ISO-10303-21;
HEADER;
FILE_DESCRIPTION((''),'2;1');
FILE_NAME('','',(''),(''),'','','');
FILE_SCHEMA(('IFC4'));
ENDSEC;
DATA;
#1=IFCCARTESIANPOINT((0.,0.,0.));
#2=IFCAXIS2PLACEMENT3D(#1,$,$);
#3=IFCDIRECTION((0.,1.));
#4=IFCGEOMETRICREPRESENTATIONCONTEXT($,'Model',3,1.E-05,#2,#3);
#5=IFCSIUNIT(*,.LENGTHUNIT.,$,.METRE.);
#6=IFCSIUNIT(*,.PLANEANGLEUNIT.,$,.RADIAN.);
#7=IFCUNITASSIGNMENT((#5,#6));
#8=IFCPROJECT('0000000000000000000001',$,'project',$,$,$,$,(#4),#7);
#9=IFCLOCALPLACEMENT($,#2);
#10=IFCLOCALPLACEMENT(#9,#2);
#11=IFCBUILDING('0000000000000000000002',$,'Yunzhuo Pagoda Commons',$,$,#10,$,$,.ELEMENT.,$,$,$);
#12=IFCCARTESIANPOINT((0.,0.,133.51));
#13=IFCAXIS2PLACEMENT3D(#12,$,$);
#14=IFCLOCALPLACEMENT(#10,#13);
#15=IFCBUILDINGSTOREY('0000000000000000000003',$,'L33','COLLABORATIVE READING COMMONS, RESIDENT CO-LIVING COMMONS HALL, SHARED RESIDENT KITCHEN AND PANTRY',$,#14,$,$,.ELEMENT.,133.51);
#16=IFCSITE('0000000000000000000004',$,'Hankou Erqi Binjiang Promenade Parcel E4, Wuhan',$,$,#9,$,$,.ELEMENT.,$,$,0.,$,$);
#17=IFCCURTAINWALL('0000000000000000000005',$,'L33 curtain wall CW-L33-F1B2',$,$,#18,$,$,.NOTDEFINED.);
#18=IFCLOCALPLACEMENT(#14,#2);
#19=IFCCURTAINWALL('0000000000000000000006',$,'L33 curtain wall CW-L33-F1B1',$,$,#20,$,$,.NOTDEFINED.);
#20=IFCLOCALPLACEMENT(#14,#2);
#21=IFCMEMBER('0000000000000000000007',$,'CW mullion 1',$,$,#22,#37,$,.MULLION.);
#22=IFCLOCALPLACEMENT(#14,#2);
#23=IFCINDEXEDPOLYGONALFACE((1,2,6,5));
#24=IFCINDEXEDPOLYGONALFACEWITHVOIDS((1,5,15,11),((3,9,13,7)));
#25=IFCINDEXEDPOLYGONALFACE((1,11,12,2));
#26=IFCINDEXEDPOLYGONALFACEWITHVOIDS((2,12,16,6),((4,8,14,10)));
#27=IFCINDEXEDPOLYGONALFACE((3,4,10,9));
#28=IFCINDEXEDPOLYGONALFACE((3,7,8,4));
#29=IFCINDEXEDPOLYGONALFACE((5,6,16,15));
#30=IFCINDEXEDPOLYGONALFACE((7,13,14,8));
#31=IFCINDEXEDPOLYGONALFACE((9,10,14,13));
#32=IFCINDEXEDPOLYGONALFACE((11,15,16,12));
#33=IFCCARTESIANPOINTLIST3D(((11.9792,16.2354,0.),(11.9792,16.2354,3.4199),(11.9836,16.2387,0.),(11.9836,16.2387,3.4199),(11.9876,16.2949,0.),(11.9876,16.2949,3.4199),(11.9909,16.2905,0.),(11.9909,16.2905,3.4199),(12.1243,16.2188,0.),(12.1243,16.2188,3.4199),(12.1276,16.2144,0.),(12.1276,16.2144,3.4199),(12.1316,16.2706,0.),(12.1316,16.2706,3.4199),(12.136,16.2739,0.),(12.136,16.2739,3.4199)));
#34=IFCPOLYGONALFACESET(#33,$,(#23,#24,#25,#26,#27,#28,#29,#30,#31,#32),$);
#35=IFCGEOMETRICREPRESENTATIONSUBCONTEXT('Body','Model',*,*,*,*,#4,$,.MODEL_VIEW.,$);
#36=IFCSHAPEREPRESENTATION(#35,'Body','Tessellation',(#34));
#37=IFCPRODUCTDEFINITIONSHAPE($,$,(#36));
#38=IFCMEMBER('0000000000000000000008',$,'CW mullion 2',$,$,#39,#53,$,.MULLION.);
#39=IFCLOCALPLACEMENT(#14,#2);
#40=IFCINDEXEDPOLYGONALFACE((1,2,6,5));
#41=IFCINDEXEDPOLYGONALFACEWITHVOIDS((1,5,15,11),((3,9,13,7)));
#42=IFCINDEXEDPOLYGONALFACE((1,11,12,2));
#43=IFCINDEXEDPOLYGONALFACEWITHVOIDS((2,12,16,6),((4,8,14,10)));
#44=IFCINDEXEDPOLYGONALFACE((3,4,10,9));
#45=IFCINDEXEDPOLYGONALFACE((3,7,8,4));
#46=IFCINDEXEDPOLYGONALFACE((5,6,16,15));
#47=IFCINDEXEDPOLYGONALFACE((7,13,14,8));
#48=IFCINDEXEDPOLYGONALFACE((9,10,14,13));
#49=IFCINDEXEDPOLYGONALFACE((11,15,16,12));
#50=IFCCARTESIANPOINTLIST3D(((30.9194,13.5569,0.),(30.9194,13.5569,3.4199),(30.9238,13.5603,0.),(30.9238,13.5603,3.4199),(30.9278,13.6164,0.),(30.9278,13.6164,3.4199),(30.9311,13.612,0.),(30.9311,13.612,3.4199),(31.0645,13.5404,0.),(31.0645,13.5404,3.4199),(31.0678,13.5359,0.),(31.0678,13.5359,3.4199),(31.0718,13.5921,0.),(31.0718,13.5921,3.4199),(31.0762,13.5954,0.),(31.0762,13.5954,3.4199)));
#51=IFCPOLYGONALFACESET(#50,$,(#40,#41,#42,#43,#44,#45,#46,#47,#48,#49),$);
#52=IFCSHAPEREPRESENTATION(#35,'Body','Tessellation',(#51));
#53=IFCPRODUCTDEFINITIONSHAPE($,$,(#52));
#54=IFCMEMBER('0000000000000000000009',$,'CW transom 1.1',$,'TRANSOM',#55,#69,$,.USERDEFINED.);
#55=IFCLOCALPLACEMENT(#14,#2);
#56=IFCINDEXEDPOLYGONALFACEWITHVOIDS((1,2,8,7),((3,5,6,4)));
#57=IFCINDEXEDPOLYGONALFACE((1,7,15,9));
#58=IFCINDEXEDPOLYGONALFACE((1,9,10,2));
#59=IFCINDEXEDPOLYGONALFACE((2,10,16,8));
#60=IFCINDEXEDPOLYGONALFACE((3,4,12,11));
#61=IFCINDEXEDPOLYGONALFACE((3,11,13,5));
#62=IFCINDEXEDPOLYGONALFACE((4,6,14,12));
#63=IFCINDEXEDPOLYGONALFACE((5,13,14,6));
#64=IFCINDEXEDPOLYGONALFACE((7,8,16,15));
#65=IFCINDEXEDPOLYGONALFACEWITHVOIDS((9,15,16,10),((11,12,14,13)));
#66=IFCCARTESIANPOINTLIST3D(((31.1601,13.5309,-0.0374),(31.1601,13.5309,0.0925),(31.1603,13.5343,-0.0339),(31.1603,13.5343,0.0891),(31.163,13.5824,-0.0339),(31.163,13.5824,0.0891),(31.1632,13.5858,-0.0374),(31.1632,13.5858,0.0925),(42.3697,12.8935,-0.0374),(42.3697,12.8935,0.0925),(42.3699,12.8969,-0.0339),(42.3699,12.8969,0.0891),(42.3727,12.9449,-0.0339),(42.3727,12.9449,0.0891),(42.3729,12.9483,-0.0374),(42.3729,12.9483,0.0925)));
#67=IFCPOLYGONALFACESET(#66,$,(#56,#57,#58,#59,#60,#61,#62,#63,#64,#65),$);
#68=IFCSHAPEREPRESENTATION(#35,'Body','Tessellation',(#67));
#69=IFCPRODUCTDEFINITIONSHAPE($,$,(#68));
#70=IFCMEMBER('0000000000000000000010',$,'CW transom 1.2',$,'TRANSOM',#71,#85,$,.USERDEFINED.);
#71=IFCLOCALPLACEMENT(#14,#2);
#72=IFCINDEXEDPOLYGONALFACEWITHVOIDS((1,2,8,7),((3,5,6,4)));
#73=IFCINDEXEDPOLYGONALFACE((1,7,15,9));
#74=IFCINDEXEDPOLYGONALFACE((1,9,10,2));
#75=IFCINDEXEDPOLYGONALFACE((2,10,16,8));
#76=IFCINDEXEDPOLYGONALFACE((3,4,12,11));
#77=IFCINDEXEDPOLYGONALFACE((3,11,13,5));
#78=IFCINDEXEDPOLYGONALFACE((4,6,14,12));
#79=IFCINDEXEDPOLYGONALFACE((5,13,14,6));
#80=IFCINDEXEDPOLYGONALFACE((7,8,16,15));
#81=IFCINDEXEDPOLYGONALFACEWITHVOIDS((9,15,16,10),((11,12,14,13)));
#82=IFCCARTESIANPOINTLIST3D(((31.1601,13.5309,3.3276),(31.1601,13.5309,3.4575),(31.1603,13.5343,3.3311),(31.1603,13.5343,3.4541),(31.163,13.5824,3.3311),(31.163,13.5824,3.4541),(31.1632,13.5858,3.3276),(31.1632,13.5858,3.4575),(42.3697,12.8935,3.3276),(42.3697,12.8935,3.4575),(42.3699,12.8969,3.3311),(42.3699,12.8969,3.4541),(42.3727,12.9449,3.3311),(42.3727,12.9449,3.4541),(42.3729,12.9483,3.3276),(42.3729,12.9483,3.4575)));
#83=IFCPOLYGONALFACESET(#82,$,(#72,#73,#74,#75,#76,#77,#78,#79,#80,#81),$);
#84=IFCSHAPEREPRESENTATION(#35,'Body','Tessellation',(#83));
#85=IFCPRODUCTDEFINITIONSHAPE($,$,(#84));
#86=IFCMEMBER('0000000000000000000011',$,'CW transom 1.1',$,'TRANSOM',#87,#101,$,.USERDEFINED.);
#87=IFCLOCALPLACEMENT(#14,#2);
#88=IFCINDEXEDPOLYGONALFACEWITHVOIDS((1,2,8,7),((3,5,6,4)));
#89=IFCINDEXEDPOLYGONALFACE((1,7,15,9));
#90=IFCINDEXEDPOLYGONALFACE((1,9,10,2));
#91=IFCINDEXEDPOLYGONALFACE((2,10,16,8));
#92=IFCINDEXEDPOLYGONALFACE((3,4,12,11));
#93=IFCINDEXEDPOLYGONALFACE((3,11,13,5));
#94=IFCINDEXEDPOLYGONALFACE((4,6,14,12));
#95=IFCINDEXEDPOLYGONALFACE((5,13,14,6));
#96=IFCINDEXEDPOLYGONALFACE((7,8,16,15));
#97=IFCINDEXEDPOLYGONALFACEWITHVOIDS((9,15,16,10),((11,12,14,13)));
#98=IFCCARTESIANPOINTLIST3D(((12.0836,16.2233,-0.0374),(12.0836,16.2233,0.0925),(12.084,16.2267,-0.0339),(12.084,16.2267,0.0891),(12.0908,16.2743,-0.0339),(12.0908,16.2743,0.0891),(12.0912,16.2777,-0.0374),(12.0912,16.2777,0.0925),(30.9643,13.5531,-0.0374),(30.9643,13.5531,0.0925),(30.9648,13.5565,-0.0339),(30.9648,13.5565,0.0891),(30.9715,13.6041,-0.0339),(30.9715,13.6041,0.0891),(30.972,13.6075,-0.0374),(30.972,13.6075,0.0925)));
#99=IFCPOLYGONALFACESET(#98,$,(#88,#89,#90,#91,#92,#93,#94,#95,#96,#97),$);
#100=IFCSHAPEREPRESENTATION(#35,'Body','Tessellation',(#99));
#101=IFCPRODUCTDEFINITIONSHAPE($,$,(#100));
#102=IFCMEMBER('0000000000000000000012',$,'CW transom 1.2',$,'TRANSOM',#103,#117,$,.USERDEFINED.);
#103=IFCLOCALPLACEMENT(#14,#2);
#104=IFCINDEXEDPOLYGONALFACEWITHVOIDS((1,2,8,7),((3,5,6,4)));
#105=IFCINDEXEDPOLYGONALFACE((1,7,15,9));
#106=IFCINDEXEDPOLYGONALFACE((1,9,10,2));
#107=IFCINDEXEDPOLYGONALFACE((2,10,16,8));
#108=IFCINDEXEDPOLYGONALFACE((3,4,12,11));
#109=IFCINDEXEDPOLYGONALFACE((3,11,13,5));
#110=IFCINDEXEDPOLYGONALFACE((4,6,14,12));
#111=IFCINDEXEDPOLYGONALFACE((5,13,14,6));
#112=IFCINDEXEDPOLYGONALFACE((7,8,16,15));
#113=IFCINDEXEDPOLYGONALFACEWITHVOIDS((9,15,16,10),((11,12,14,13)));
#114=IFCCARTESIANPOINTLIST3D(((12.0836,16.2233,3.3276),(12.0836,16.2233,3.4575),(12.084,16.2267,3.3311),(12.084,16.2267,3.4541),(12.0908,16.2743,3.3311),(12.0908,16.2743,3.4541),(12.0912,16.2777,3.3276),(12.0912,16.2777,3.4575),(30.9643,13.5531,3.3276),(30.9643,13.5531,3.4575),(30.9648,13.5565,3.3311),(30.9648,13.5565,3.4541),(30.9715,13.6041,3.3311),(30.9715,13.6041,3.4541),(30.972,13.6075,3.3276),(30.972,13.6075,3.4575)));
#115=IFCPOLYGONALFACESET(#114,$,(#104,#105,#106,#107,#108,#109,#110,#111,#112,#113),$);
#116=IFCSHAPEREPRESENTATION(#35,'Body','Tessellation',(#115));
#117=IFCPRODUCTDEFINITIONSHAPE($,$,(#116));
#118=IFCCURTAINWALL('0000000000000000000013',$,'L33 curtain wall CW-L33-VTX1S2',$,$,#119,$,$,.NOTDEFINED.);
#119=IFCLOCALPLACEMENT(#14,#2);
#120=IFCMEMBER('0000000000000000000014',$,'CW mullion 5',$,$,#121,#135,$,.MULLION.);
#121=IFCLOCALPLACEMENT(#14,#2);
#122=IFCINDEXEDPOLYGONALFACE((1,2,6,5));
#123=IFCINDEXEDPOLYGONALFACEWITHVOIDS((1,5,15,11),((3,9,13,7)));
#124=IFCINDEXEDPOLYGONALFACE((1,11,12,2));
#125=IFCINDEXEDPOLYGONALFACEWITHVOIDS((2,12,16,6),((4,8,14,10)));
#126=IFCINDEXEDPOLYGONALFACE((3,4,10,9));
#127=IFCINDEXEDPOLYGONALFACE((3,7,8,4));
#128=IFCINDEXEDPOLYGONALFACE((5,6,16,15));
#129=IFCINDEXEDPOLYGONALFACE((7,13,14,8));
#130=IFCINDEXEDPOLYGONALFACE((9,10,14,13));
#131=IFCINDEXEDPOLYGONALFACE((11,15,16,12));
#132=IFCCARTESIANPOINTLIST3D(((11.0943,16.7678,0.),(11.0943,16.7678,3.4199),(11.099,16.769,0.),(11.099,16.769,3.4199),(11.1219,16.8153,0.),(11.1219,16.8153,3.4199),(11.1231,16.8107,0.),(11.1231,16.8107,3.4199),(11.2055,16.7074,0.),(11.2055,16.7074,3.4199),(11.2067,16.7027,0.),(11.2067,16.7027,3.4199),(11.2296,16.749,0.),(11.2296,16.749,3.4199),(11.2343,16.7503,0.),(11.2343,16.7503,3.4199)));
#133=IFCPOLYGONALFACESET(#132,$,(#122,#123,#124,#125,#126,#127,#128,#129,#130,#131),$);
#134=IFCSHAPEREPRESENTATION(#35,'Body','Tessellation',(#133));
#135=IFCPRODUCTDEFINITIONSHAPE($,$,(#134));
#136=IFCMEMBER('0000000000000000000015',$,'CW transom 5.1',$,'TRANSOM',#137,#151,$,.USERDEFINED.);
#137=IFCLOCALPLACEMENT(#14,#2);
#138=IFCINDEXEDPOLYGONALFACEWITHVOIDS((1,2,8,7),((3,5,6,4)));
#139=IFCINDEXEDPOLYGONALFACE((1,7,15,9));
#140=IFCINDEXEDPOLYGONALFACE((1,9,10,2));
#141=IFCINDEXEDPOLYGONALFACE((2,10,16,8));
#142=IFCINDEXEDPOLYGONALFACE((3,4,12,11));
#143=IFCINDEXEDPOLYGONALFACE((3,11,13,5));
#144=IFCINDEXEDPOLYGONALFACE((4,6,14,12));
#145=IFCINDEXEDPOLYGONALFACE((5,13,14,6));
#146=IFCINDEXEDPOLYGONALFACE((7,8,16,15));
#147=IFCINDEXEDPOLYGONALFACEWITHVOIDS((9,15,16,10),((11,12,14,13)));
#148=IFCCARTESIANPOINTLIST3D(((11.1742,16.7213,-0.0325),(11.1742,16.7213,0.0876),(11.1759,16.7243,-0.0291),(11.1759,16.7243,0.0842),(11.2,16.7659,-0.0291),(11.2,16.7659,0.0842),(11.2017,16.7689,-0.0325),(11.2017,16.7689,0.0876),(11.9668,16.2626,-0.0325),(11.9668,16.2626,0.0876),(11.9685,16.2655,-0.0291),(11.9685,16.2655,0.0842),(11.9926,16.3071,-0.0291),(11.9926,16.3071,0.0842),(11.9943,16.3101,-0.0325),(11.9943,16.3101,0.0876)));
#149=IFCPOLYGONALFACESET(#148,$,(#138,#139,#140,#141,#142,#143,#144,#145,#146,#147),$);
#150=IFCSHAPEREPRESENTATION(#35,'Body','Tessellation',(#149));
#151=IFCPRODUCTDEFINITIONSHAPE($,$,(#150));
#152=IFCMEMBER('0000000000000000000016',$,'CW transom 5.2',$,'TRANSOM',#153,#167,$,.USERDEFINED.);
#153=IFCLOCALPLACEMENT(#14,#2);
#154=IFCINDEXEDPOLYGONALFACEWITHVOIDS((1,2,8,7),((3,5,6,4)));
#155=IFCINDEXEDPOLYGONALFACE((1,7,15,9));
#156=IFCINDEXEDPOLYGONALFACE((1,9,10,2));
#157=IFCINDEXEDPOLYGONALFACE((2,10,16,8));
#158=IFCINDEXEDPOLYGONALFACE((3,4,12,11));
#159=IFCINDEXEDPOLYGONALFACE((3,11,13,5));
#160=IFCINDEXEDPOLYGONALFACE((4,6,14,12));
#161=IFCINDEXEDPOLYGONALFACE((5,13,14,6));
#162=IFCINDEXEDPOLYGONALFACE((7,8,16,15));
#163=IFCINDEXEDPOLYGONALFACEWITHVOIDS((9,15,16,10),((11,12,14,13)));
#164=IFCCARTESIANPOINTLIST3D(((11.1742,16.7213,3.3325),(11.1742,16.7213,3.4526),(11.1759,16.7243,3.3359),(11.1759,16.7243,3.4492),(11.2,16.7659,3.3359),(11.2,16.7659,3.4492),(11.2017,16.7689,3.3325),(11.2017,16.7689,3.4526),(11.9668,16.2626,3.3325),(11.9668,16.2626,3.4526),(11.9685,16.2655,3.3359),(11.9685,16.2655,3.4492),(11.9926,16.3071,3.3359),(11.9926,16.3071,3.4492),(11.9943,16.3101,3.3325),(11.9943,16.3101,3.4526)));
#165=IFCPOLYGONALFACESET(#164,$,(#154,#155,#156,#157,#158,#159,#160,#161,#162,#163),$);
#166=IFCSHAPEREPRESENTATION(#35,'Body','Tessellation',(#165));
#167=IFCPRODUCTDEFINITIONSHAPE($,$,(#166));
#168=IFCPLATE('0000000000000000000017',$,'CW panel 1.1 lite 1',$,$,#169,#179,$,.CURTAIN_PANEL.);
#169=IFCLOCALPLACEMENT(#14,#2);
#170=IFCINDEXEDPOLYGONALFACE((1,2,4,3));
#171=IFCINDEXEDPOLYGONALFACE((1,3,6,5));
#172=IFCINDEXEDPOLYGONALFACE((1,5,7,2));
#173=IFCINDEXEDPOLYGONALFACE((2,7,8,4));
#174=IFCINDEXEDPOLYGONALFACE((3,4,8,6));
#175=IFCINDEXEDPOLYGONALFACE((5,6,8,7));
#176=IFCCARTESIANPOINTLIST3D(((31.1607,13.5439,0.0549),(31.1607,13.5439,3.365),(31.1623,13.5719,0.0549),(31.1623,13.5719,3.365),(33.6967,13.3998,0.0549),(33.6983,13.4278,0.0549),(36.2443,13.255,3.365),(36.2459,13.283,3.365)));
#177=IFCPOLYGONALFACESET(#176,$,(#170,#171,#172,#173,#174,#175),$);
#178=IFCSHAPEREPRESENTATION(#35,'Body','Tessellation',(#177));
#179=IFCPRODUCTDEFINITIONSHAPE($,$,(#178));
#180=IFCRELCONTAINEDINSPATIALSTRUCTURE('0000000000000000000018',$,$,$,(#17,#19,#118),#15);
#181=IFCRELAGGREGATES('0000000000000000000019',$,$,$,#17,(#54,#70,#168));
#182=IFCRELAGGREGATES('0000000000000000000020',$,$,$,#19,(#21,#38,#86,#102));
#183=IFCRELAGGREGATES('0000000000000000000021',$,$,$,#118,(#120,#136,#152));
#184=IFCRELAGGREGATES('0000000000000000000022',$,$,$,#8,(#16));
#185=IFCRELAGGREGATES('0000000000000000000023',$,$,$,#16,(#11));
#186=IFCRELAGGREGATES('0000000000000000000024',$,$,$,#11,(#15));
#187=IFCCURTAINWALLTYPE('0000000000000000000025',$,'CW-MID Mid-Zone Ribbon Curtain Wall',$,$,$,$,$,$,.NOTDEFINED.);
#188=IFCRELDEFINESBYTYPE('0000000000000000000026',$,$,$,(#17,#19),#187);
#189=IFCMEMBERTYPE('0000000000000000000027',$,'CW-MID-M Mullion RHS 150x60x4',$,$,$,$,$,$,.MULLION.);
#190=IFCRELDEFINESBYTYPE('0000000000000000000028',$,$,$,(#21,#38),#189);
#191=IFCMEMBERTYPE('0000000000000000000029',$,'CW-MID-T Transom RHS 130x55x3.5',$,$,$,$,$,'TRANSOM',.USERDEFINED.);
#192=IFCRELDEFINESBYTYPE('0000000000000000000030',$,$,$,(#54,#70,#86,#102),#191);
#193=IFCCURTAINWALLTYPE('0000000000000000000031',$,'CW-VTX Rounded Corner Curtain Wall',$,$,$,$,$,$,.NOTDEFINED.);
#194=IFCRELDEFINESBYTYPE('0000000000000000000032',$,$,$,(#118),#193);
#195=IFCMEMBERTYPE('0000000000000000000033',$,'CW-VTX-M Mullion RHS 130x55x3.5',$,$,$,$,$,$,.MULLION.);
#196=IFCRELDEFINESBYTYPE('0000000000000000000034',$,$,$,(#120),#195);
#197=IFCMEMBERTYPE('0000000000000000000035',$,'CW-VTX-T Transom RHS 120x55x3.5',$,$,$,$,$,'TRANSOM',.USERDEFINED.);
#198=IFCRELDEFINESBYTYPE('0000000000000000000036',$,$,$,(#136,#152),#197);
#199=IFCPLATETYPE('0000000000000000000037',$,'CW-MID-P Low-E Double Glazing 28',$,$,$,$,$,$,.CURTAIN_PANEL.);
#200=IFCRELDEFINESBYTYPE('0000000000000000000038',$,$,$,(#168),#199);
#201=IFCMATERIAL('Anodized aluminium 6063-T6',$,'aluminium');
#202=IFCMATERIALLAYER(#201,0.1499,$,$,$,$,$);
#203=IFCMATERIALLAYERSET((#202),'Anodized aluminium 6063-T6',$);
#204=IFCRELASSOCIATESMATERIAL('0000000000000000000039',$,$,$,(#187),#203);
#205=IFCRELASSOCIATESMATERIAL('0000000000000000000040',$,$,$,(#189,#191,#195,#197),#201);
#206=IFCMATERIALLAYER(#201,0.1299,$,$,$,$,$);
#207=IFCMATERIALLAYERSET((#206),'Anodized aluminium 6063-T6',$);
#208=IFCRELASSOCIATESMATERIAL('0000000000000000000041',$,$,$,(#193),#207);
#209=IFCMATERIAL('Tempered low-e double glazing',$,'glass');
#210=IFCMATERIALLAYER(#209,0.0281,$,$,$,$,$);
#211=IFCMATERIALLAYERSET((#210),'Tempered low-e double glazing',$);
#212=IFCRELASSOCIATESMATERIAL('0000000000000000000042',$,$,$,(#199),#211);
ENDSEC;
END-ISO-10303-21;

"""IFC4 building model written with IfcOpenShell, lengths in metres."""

from ifc_helpers import new_model, si_unit, direction, frame, origin, origin_2d, place, context, subcontext, project, spatial, polyline, hollow_rectangle, outline, extrude, source, transform, mapped, material, layer, layer_set, material_profile, profile_set, type_object, element, aggregate, save


model = new_model("IFC4")

# Units and contexts
model_context = context("Model", 3, precision=1e-05, world=origin(), true_north=direction((0.0, 1.0)))
body_context = subcontext(model_context, "Body", "Model", "MODEL_VIEW")
ifc_project = project(units=[si_unit("LENGTHUNIT", "METRE"), si_unit("PLANEANGLEUNIT", "RADIAN")], contexts=[model_context])

# Site, building, storey
site_placement = place(None, origin())
site = spatial("IfcSite", under=ifc_project, at=site_placement, Name="Hankou Erqi Binjiang Promenade Parcel E4, Wuhan", CompositionType="ELEMENT", RefElevation=0.0)
building_placement = place(site_placement, origin())
building = spatial("IfcBuilding", under=site, at=building_placement, Name="Yunzhuo Pagoda Commons", CompositionType="ELEMENT")
storey_placement = place(building_placement, frame((0.0, 0.0, 133.51)))
storey = spatial("IfcBuildingStorey", under=building, at=storey_placement, Name="L33", Description="COLLABORATIVE READING COMMONS, RESIDENT CO-LIVING COMMONS HALL, SHARED RESIDENT KITCHEN AND PANTRY", CompositionType="ELEMENT", Elevation=133.51)

# Curtain wall
ifc_material_1 = material(Name="Anodized aluminium 6063-T6", Category="aluminium")
ifc_layer_1 = layer(ifc_material_1, 0.1499)
ifc_layer_set_1 = layer_set([ifc_layer_1], Name="Anodized aluminium 6063-T6")
curtain_wall_type_1 = type_object("IfcCurtainWallType", Name="CW-MID Mid-Zone Ribbon Curtain Wall", PredefinedType="NOTDEFINED", material=ifc_layer_set_1)
curtain_wall_1_placement = place(storey_placement, origin())
curtain_wall_1 = element("IfcCurtainWall", 1, at=curtain_wall_1_placement, inside=storey, type_object=curtain_wall_type_1, Name="L33 curtain wall CW-L33-F1B2", PredefinedType="NOTDEFINED")
ifc_material_profile_1 = material_profile(ifc_material_1, hollow_rectangle(XDim=0.0601, YDim=0.1499, WallThickness=0.0039, at=origin_2d()), Name="Anodized aluminium 6063-T6")
ifc_profile_set_1 = profile_set([ifc_material_profile_1], Name="Anodized aluminium 6063-T6")
member_type_1 = type_object("IfcMemberType", Name="CW-MID-M Mullion RHS 150x60x4", PredefinedType="MULLION", material=ifc_profile_set_1)
shared_shape_1 = source(origin(), body_context, "Body", "SweptSolid", [
    extrude(hollow_rectangle(XDim=0.0601, YDim=0.1499, WallThickness=0.0039, at=origin_2d()), origin(), (0.0, 0.0, 1.0), 3.4199),
])

# Curtain wall, members
curtain_wall_2_placement = place(storey_placement, origin())
curtain_wall_2 = element("IfcCurtainWall", 2, at=curtain_wall_2_placement, inside=storey, type_object=curtain_wall_type_1, Name="L33 curtain wall CW-L33-F1B1", PredefinedType="NOTDEFINED")
member_1_placement = place(storey_placement, frame((12.0576, 16.2546, 0.0), z_axis=(0.0, 0.0, 1.0), x_axis=(0.140027, 0.990148, 0.0)))
member_1 = element("IfcMember", 3, at=member_1_placement, type_object=member_type_1, Name="CW mullion 1", PredefinedType="MULLION", context=body_context, shape_type="MappedRepresentation", body=[
    mapped(shared_shape_1, transform((0.0, 0.0, 0.0), scale=1.0)),
])
member_2_placement = place(storey_placement, frame((30.9978, 13.5762, 0.0), z_axis=(0.0, 0.0, 1.0), x_axis=(0.140027, 0.990148, 0.0)))
member_2 = element("IfcMember", 4, at=member_2_placement, type_object=member_type_1, Name="CW mullion 2", PredefinedType="MULLION", context=body_context, shape_type="MappedRepresentation", body=[
    mapped(shared_shape_1, transform((0.0, 0.0, 0.0), scale=1.0)),
])

# Members
ifc_material_profile_2 = material_profile(ifc_material_1, hollow_rectangle(XDim=0.0549, YDim=0.1299, WallThickness=0.0034, at=origin_2d()), Name="Anodized aluminium 6063-T6")
ifc_profile_set_2 = profile_set([ifc_material_profile_2], Name="Anodized aluminium 6063-T6")
member_type_2 = type_object("IfcMemberType", Name="CW-MID-T Transom RHS 130x55x3.5", ElementType="TRANSOM", PredefinedType="USERDEFINED", material=ifc_profile_set_2)
shared_shape_2 = source(origin(), body_context, "Body", "SweptSolid", [
    extrude(hollow_rectangle(XDim=0.0549, YDim=0.1299, WallThickness=0.0034, at=origin_2d()), origin(), (0.0, 0.0, 1.0), 11.2278),
])
member_3_placement = place(storey_placement, frame((31.1616, 13.5583, 0.0276), z_axis=(0.998387, -0.056774, 0.0), x_axis=(0.056774, 0.998387, 0.0)))
member_3 = element("IfcMember", 5, at=member_3_placement, type_object=member_type_2, Name="CW transom 1.1", ObjectType="TRANSOM", PredefinedType="USERDEFINED", context=body_context, shape_type="MappedRepresentation", body=[
    mapped(shared_shape_2, transform((0.0, 0.0, 0.0), scale=1.0)),
])
member_4_placement = place(storey_placement, frame((31.1616, 13.5583, 3.3926), z_axis=(0.998387, -0.056774, 0.0), x_axis=(0.056774, 0.998387, 0.0)))
member_4 = element("IfcMember", 6, at=member_4_placement, type_object=member_type_2, Name="CW transom 1.2", ObjectType="TRANSOM", PredefinedType="USERDEFINED", context=body_context, shape_type="MappedRepresentation", body=[
    mapped(shared_shape_2, transform((0.0, 0.0, 0.0), scale=1.0)),
])
shared_shape_3 = source(origin(), body_context, "Body", "SweptSolid", [
    extrude(hollow_rectangle(XDim=0.0549, YDim=0.1299, WallThickness=0.0034, at=origin_2d()), origin(), (0.0, 0.0, 1.0), 19.0686),
])
member_5_placement = place(storey_placement, frame((12.0874, 16.2505, 0.0276), z_axis=(0.990147, -0.14003, 0.0), x_axis=(0.14003, 0.990147, 0.0)))
member_5 = element("IfcMember", 7, at=member_5_placement, type_object=member_type_2, Name="CW transom 1.1", ObjectType="TRANSOM", PredefinedType="USERDEFINED", context=body_context, shape_type="MappedRepresentation", body=[
    mapped(shared_shape_3, transform((0.0, 0.0, 0.0), scale=1.0)),
])
member_6_placement = place(storey_placement, frame((12.0874, 16.2505, 3.3926), z_axis=(0.990147, -0.14003, 0.0), x_axis=(0.14003, 0.990147, 0.0)))
member_6 = element("IfcMember", 8, at=member_6_placement, type_object=member_type_2, Name="CW transom 1.2", ObjectType="TRANSOM", PredefinedType="USERDEFINED", context=body_context, shape_type="MappedRepresentation", body=[
    mapped(shared_shape_3, transform((0.0, 0.0, 0.0), scale=1.0)),
])

# Curtain wall, members
ifc_layer_2 = layer(ifc_material_1, 0.1299)
ifc_layer_set_2 = layer_set([ifc_layer_2], Name="Anodized aluminium 6063-T6")
curtain_wall_type_2 = type_object("IfcCurtainWallType", Name="CW-VTX Rounded Corner Curtain Wall", PredefinedType="NOTDEFINED", material=ifc_layer_set_2)
curtain_wall_3_placement = place(storey_placement, origin())
curtain_wall_3 = element("IfcCurtainWall", 9, at=curtain_wall_3_placement, inside=storey, type_object=curtain_wall_type_2, Name="L33 curtain wall CW-L33-VTX1S2", PredefinedType="NOTDEFINED")
ifc_material_profile_3 = material_profile(ifc_material_1, hollow_rectangle(XDim=0.0549, YDim=0.1299, WallThickness=0.0034, at=origin_2d()), Name="Anodized aluminium 6063-T6")
ifc_profile_set_3 = profile_set([ifc_material_profile_3], Name="Anodized aluminium 6063-T6")
member_type_3 = type_object("IfcMemberType", Name="CW-VTX-M Mullion RHS 130x55x3.5", PredefinedType="MULLION", material=ifc_profile_set_3)
shared_shape_4 = source(origin(), body_context, "Body", "SweptSolid", [
    extrude(hollow_rectangle(XDim=0.0549, YDim=0.1299, WallThickness=0.0034, at=origin_2d()), origin(), (0.0, 0.0, 1.0), 3.4199),
])
member_7_placement = place(storey_placement, frame((11.1643, 16.759, 0.0), z_axis=(0.0, 0.0, 1.0), x_axis=(0.501038, 0.865425, 0.0)))
member_7 = element("IfcMember", 10, at=member_7_placement, type_object=member_type_3, Name="CW mullion 5", PredefinedType="MULLION", context=body_context, shape_type="MappedRepresentation", body=[
    mapped(shared_shape_4, transform((0.0, 0.0, 0.0), scale=1.0)),
])
ifc_material_profile_4 = material_profile(ifc_material_1, hollow_rectangle(XDim=0.0549, YDim=0.1201, WallThickness=0.0034, at=origin_2d()), Name="Anodized aluminium 6063-T6")
ifc_profile_set_4 = profile_set([ifc_material_profile_4], Name="Anodized aluminium 6063-T6")
member_type_4 = type_object("IfcMemberType", Name="CW-VTX-T Transom RHS 120x55x3.5", ElementType="TRANSOM", PredefinedType="USERDEFINED", material=ifc_profile_set_4)
shared_shape_5 = source(origin(), body_context, "Body", "SweptSolid", [
    extrude(hollow_rectangle(XDim=0.0549, YDim=0.1201, WallThickness=0.0034, at=origin_2d()), origin(), (0.0, 0.0, 1.0), 0.9158),
])
member_8_placement = place(storey_placement, frame((11.188, 16.7451, 0.0276), z_axis=(0.865457, -0.500984, 0.0), x_axis=(0.500984, 0.865457, 0.0)))
member_8 = element("IfcMember", 11, at=member_8_placement, type_object=member_type_4, Name="CW transom 5.1", ObjectType="TRANSOM", PredefinedType="USERDEFINED", context=body_context, shape_type="MappedRepresentation", body=[
    mapped(shared_shape_5, transform((0.0, 0.0, 0.0), scale=1.0)),
])
member_9_placement = place(storey_placement, frame((11.188, 16.7451, 3.3926), z_axis=(0.865457, -0.500984, 0.0), x_axis=(0.500984, 0.865457, 0.0)))
member_9 = element("IfcMember", 12, at=member_9_placement, type_object=member_type_4, Name="CW transom 5.2", ObjectType="TRANSOM", PredefinedType="USERDEFINED", context=body_context, shape_type="MappedRepresentation", body=[
    mapped(shared_shape_5, transform((0.0, 0.0, 0.0), scale=1.0)),
])

# Plate
ifc_material_2 = material(Name="Tempered low-e double glazing", Category="glass")
ifc_layer_3 = layer(ifc_material_2, 0.0281)
ifc_layer_set_3 = layer_set([ifc_layer_3], Name="Tempered low-e double glazing")
plate_type_1 = type_object("IfcPlateType", Name="CW-MID-P Low-E Double Glazing 28", PredefinedType="CURTAIN_PANEL", material=ifc_layer_set_3)
plate_1_placement = place(storey_placement, frame((33.7041, 13.4275, 1.71), z_axis=(-0.056742, -0.998389, 0.0), x_axis=(0.998389, -0.056742, 0.0)))
plate_1 = element("IfcPlate", 13, at=plate_1_placement, type_object=plate_type_1, Name="CW panel 1.1 lite 1", PredefinedType="CURTAIN_PANEL", context=body_context, shape_type="SweptSolid", body=[
    extrude(outline(polyline([(-2.5459, -1.655), (-0.0059, -1.655), (2.5459, 1.655), (-2.5459, 1.655), (-2.5459, -1.655)])), origin(), (0.0, 0.0, 1.0), 0.0281),
])
aggregate(curtain_wall_1, [member_3, member_4, plate_1])
aggregate(curtain_wall_2, [member_1, member_2, member_5, member_6])
aggregate(curtain_wall_3, [member_7, member_8, member_9])

save(model, "model.ifc")
